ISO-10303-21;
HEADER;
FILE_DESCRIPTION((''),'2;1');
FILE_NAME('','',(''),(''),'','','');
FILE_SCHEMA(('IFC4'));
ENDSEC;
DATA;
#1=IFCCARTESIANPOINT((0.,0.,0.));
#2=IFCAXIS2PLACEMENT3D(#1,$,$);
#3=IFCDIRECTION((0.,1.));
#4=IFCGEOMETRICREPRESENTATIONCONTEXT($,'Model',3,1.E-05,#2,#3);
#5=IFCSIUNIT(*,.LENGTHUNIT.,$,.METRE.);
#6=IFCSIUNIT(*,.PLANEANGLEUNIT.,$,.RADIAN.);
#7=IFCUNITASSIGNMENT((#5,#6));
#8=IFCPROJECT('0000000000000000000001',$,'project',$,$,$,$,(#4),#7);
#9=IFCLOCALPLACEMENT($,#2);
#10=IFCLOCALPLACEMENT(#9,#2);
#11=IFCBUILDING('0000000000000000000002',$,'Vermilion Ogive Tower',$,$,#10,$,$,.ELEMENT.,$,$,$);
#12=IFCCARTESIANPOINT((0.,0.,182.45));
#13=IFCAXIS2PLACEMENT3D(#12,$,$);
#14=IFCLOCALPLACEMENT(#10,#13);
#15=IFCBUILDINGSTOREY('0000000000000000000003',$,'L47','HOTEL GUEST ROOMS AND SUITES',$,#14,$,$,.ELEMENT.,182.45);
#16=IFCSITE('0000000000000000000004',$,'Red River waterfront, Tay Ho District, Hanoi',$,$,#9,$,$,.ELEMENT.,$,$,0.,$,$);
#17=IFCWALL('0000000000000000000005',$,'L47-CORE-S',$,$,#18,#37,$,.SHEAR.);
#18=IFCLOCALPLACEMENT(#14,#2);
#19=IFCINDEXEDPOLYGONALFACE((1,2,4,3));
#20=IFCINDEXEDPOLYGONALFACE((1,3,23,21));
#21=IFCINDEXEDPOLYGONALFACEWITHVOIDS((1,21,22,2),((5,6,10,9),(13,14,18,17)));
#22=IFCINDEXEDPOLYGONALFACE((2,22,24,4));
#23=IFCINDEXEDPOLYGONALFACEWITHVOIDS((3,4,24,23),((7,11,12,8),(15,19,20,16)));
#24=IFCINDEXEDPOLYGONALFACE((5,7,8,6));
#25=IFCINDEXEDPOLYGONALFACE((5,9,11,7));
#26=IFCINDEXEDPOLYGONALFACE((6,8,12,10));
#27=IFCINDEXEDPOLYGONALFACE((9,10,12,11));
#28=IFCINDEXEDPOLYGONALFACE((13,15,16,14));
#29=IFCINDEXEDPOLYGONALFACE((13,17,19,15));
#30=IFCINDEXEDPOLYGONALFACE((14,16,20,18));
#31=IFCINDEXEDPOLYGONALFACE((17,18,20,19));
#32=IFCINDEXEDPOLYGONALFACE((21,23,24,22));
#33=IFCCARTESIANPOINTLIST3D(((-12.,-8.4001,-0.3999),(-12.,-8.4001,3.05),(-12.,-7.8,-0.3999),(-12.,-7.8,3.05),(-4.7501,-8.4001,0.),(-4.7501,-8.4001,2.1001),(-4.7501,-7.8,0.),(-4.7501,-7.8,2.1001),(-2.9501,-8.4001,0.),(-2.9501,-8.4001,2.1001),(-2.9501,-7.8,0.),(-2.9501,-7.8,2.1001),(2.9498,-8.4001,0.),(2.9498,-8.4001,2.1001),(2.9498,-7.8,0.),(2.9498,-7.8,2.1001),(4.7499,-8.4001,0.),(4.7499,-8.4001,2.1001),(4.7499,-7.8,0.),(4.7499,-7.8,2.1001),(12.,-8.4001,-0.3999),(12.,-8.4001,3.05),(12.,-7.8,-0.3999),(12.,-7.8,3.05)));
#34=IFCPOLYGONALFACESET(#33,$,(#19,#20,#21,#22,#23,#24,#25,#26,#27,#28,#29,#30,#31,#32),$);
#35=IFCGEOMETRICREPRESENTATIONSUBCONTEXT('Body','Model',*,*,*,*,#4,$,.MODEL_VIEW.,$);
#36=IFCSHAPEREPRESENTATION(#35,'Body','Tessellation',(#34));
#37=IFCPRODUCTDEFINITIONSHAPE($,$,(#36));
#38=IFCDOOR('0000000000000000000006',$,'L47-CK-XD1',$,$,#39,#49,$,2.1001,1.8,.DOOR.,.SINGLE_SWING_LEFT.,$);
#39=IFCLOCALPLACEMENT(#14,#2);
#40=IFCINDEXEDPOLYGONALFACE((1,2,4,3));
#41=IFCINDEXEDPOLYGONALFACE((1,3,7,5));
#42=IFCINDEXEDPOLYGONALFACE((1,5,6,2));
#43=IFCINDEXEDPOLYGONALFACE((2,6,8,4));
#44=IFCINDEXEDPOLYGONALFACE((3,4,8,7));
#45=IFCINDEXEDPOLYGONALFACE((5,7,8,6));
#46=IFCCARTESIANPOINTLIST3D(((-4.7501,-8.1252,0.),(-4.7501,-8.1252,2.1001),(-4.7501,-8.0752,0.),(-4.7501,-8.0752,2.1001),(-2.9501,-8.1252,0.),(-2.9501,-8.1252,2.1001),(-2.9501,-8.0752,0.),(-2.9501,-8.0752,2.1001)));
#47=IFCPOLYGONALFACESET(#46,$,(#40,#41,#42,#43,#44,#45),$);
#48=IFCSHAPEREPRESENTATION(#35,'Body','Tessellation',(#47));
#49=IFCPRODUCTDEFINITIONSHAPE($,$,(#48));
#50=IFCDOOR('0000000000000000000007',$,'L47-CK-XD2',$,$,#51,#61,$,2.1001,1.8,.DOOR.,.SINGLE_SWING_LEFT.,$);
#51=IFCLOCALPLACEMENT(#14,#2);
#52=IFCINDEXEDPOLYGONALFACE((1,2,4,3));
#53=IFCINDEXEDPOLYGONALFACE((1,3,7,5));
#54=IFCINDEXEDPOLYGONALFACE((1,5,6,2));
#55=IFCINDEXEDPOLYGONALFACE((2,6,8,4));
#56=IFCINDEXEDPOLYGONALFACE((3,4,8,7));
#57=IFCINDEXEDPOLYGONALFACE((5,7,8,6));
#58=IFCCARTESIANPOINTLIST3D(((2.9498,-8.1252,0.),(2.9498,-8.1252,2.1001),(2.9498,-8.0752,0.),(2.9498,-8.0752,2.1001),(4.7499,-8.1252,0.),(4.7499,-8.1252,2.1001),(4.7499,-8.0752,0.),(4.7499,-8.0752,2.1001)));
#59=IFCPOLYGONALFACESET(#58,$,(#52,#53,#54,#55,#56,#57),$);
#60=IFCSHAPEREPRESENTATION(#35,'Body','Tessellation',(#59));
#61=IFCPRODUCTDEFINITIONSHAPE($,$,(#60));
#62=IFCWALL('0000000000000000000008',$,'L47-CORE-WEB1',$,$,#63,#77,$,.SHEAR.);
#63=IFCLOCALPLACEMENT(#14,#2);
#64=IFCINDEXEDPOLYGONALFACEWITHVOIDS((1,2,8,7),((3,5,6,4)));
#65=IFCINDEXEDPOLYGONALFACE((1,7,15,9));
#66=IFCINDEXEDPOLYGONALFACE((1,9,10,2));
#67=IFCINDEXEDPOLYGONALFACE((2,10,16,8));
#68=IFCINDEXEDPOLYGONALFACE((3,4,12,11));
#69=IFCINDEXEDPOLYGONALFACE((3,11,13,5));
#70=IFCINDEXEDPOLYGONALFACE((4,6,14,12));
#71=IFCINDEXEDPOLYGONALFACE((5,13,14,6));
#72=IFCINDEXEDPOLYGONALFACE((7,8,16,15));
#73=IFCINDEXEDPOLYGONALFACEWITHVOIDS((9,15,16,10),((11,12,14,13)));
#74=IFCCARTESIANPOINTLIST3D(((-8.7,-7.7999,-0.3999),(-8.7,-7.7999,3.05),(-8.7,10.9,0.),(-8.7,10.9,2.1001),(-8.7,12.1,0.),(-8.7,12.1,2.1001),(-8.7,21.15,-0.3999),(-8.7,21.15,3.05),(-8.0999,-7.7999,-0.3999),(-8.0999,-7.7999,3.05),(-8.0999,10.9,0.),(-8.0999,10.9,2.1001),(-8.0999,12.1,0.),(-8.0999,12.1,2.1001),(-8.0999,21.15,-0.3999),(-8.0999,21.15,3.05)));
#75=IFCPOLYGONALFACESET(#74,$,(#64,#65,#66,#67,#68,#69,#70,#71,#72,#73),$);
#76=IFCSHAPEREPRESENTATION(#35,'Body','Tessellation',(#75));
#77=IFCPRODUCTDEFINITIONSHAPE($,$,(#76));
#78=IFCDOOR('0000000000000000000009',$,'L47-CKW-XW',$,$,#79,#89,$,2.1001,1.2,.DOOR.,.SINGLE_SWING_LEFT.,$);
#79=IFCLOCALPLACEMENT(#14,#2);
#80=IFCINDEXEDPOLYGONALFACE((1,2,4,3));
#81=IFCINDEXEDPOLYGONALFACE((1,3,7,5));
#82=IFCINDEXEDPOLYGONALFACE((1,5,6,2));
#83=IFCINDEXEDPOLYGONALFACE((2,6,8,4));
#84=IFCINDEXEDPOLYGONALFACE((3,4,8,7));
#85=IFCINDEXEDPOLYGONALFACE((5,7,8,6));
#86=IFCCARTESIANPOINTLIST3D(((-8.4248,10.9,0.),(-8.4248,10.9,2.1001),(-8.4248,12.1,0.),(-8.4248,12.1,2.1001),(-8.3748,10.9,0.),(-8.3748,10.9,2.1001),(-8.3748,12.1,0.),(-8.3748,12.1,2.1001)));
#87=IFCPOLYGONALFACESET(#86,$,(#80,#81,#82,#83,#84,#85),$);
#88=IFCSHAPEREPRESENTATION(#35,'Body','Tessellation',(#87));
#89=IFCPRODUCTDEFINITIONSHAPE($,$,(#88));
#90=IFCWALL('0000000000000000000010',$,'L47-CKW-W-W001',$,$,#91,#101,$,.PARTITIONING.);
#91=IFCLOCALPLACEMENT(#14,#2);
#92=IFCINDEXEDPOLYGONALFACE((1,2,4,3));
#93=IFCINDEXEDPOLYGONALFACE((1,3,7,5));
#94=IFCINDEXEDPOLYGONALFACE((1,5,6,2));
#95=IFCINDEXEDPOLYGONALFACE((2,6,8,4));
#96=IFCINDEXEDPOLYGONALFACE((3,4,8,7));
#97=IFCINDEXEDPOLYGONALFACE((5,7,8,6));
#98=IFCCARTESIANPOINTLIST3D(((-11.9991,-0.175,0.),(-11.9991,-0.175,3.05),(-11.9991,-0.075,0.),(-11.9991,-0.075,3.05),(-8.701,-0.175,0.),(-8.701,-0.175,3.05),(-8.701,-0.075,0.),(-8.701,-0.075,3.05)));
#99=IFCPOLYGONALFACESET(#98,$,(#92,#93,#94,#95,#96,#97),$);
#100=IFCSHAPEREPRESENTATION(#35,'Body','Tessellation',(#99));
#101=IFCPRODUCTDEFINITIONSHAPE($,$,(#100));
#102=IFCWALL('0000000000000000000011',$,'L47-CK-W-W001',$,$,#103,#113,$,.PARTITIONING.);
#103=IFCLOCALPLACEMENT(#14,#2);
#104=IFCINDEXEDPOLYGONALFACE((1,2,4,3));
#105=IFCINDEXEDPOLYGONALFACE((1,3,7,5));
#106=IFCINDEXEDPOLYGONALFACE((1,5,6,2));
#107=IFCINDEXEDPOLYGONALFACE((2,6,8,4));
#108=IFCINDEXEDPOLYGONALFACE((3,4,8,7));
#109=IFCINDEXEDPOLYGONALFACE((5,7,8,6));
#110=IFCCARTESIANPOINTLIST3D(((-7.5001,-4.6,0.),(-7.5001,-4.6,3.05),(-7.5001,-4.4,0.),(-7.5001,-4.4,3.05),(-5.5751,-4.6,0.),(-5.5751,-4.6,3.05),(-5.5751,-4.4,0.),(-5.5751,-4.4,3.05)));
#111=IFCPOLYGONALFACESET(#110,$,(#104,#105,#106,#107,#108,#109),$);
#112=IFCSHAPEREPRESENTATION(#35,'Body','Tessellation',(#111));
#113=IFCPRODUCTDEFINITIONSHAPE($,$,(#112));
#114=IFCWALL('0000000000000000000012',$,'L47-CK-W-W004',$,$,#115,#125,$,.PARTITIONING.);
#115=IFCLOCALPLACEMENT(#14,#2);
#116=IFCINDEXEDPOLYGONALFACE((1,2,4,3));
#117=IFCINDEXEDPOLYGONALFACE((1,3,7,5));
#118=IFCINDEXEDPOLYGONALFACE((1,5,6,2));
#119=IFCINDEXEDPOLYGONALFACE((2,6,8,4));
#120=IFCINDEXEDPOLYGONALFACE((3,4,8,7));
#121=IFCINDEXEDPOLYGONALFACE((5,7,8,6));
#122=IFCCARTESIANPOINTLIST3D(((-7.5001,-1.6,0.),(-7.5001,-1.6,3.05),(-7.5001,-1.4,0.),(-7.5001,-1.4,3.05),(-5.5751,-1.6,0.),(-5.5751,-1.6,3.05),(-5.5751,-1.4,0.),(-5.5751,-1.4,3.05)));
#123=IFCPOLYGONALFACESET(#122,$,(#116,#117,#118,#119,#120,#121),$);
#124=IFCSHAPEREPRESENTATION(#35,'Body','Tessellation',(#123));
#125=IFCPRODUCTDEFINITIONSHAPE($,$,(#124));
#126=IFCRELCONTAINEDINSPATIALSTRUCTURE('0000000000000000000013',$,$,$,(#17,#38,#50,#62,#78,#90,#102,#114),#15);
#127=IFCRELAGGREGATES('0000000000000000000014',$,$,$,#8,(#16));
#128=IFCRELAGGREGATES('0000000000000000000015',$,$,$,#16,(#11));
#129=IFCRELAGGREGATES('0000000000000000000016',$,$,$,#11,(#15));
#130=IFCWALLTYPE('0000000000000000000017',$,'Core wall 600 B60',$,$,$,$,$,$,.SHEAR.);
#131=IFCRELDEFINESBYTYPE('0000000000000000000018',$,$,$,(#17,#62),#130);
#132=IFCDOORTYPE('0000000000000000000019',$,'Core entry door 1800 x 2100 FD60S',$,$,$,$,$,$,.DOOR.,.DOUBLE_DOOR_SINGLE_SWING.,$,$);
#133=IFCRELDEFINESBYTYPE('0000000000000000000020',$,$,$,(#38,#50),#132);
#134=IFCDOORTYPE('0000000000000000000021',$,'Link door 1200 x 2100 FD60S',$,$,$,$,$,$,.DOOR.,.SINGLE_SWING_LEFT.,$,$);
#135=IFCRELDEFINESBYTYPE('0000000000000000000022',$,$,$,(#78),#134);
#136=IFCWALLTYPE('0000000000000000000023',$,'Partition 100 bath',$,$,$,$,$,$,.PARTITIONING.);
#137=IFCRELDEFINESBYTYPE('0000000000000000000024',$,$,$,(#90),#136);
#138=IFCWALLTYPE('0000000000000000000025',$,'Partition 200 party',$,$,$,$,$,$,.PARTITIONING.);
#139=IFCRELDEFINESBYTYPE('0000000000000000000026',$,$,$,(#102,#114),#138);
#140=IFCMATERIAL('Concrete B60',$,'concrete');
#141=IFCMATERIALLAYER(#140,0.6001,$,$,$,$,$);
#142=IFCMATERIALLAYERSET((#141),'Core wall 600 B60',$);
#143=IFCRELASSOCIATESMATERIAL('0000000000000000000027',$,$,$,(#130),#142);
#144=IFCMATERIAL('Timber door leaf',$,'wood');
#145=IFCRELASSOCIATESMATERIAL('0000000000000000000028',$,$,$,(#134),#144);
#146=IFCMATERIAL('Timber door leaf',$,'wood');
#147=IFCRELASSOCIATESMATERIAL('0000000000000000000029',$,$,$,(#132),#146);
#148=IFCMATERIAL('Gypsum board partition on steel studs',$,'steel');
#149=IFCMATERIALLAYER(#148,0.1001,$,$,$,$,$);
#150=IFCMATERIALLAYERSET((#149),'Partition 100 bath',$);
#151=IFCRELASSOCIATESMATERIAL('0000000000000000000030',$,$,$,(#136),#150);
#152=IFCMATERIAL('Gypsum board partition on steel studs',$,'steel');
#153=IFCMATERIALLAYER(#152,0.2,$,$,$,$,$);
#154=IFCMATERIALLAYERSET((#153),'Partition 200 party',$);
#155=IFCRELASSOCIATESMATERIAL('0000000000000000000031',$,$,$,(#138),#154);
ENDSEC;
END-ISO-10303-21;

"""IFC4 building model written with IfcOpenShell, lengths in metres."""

from ifc_helpers import new_model, si_unit, direction, frame, frame_2d, origin, place, context, subcontext, project, spatial, rectangle, extrude, material, layer, layer_set, type_object, element, fill, save


model = new_model("IFC4")

# Units and contexts
model_context = context("Model", 3, precision=1e-05, world=origin(), true_north=direction((0.0, 1.0)))
body_context = subcontext(model_context, "Body", "Model", "MODEL_VIEW")
ifc_project = project(units=[si_unit("LENGTHUNIT", "METRE"), si_unit("PLANEANGLEUNIT", "RADIAN")], contexts=[model_context])

# Site, building, storey
site_placement = place(None, origin())
site = spatial("IfcSite", under=ifc_project, at=site_placement, Name="Red River waterfront, Tay Ho District, Hanoi", CompositionType="ELEMENT", RefElevation=0.0)
building_placement = place(site_placement, origin())
building = spatial("IfcBuilding", under=site, at=building_placement, Name="Vermilion Ogive Tower", CompositionType="ELEMENT")
storey_placement = place(building_placement, frame((0.0, 0.0, 182.45)))
storey = spatial("IfcBuildingStorey", under=building, at=storey_placement, Name="L47", Description="HOTEL GUEST ROOMS AND SUITES", CompositionType="ELEMENT", Elevation=182.45)

# Wall, openings, doors
ifc_material_1 = material(Name="Concrete B60", Category="concrete")
ifc_layer_1 = layer(ifc_material_1, 0.6001)
ifc_layer_set_1 = layer_set([ifc_layer_1], Name="Core wall 600 B60")
wall_type_1 = type_object("IfcWallType", Name="Core wall 600 B60", PredefinedType="SHEAR", material=ifc_layer_set_1)
ifc_material_2 = material(Name="Timber door leaf", Category="wood")
door_type_1 = type_object("IfcDoorType", Name="Link door 1200 x 2100 FD60S", OperationType="SINGLE_SWING_LEFT", PredefinedType="DOOR", material=ifc_material_2)
wall_1_placement = place(storey_placement, frame((-12.0, -8.1001, -0.3999), z_axis=(0.0, 0.0, 1.0), x_axis=(1.0, 0.0, 0.0)))
wall_1 = element("IfcWall", 1, at=wall_1_placement, inside=storey, type_object=wall_type_1, Name="L47-CORE-S", PredefinedType="SHEAR", context=body_context, shape_type="SweptSolid", body=[
    extrude(rectangle(XDim=24.0, YDim=0.6001, at=frame_2d((12.0, 0.0))), origin(), (0.0, 0.0, 1.0), 3.45),
])
opening_1_placement = place(wall_1_placement, frame((7.25, 0.0, 0.3999)))
opening_1 = element("IfcOpeningElement", 2, at=opening_1_placement, cuts=wall_1, PredefinedType="OPENING", context=body_context, shape_type="SweptSolid", body=[
    extrude(rectangle(XDim=1.8, YDim=2.1001, at=frame_2d((0.8999, 1.05))), frame((0.0, 0.3101, 0.0), z_axis=(0.0, -1.0, 0.0), x_axis=(1.0, 0.0, 0.0)), (0.0, 0.0, 1.0), 0.6201),
])
opening_2_placement = place(wall_1_placement, frame((14.95, 0.0, 0.3999)))
opening_2 = element("IfcOpeningElement", 3, at=opening_2_placement, cuts=wall_1, PredefinedType="OPENING", context=body_context, shape_type="SweptSolid", body=[
    extrude(rectangle(XDim=1.8, YDim=2.1001, at=frame_2d((0.8999, 1.05))), frame((0.0, 0.3101, 0.0), z_axis=(0.0, -1.0, 0.0), x_axis=(1.0, 0.0, 0.0)), (0.0, 0.0, 1.0), 0.6201),
])
ifc_material_3 = material(Name="Timber door leaf", Category="wood")
door_type_2 = type_object("IfcDoorType", Name="Core entry door 1800 x 2100 FD60S", OperationType="DOUBLE_DOOR_SINGLE_SWING", PredefinedType="DOOR", material=ifc_material_3)
door_1_placement = place(opening_1_placement, origin())
door_1 = element("IfcDoor", 4, at=door_1_placement, inside=storey, type_object=door_type_2, Name="L47-CK-XD1", OperationType="SINGLE_SWING_LEFT", OverallHeight=2.1001, OverallWidth=1.8, PredefinedType="DOOR", context=body_context, shape_type="SweptSolid", body=[
    extrude(rectangle(XDim=1.8, YDim=2.1001, at=frame_2d((0.8999, 1.05))), frame((0.0, 0.0249, 0.0), z_axis=(0.0, -1.0, 0.0), x_axis=(1.0, 0.0, 0.0)), (0.0, 0.0, 1.0), 0.05),
])
fill(opening_1, door_1)
door_2_placement = place(opening_2_placement, origin())
door_2 = element("IfcDoor", 5, at=door_2_placement, inside=storey, type_object=door_type_2, Name="L47-CK-XD2", OperationType="SINGLE_SWING_LEFT", OverallHeight=2.1001, OverallWidth=1.8, PredefinedType="DOOR", context=body_context, shape_type="SweptSolid", body=[
    extrude(rectangle(XDim=1.8, YDim=2.1001, at=frame_2d((0.8999, 1.05))), frame((0.0, 0.0249, 0.0), z_axis=(0.0, -1.0, 0.0), x_axis=(1.0, 0.0, 0.0)), (0.0, 0.0, 1.0), 0.05),
])
fill(opening_2, door_2)

# Wall, opening, door
wall_2_placement = place(storey_placement, frame((-8.3999, -7.8, -0.3999), z_axis=(0.0, 0.0, 1.0), x_axis=(0.0, 1.0, 0.0)))
wall_2 = element("IfcWall", 6, at=wall_2_placement, inside=storey, type_object=wall_type_1, Name="L47-CORE-WEB1", PredefinedType="SHEAR", context=body_context, shape_type="SweptSolid", body=[
    extrude(rectangle(XDim=28.95, YDim=0.6001, at=frame_2d((14.4751, 0.0))), origin(), (0.0, 0.0, 1.0), 3.45),
])
opening_3_placement = place(wall_2_placement, frame((18.7, 0.0, 0.3999)))
opening_3 = element("IfcOpeningElement", 7, at=opening_3_placement, cuts=wall_2, PredefinedType="OPENING", context=body_context, shape_type="SweptSolid", body=[
    extrude(rectangle(XDim=1.2, YDim=2.1001, at=frame_2d((0.6001, 1.05))), frame((0.0, 0.3101, 0.0), z_axis=(0.0, -1.0, 0.0), x_axis=(1.0, 0.0, 0.0)), (0.0, 0.0, 1.0), 0.6201),
])
door_3_placement = place(opening_3_placement, origin())
door_3 = element("IfcDoor", 8, at=door_3_placement, inside=storey, type_object=door_type_1, Name="L47-CKW-XW", OperationType="SINGLE_SWING_LEFT", OverallHeight=2.1001, OverallWidth=1.2, PredefinedType="DOOR", context=body_context, shape_type="SweptSolid", body=[
    extrude(rectangle(XDim=1.2, YDim=2.1001, at=frame_2d((0.6001, 1.05))), frame((0.0, 0.0249, 0.0), z_axis=(0.0, -1.0, 0.0), x_axis=(1.0, 0.0, 0.0)), (0.0, 0.0, 1.0), 0.05),
])
fill(opening_3, door_3)

# Walls
ifc_material_4 = material(Name="Gypsum board partition on steel studs", Category="steel")
ifc_layer_2 = layer(ifc_material_4, 0.1001)
ifc_layer_set_2 = layer_set([ifc_layer_2], Name="Partition 100 bath")
wall_type_2 = type_object("IfcWallType", Name="Partition 100 bath", PredefinedType="PARTITIONING", material=ifc_layer_set_2)
wall_3_placement = place(storey_placement, frame((-11.999, -0.125, 0.0), z_axis=(0.0, 0.0, 1.0), x_axis=(1.0, 0.0, 0.0)))
element("IfcWall", 9, at=wall_3_placement, inside=storey, type_object=wall_type_2, Name="L47-CKW-W-W001", PredefinedType="PARTITIONING", context=body_context, shape_type="SweptSolid", body=[
    extrude(rectangle(XDim=3.2981, YDim=0.1001, at=frame_2d((1.6489, 0.0))), origin(), (0.0, 0.0, 1.0), 3.05),
])
ifc_material_5 = material(Name="Gypsum board partition on steel studs", Category="steel")
ifc_layer_3 = layer(ifc_material_5, 0.2)
ifc_layer_set_3 = layer_set([ifc_layer_3], Name="Partition 200 party")
wall_type_3 = type_object("IfcWallType", Name="Partition 200 party", PredefinedType="PARTITIONING", material=ifc_layer_set_3)
for number, where, z_axis, x_axis, name in (
    (10, (-7.5, -4.5, 0.0), (0.0, 0.0, 1.0), (1.0, 0.0, 0.0), "L47-CK-W-W001"),
    (11, (-7.5, -1.5, 0.0), (0.0, 0.0, 1.0), (1.0, 0.0, 0.0), "L47-CK-W-W004"),
):
    element("IfcWall", number, at=place(storey_placement, frame(where, z_axis=z_axis, x_axis=x_axis)), inside=storey, type_object=wall_type_3, Name=name, PredefinedType="PARTITIONING", context=body_context, shape_type="SweptSolid", body=[
        extrude(rectangle(XDim=1.925, YDim=0.2, at=frame_2d((0.9624, 0.0))), origin(), (0.0, 0.0, 1.0), 3.05),
    ])

save(model, "model.ifc")
